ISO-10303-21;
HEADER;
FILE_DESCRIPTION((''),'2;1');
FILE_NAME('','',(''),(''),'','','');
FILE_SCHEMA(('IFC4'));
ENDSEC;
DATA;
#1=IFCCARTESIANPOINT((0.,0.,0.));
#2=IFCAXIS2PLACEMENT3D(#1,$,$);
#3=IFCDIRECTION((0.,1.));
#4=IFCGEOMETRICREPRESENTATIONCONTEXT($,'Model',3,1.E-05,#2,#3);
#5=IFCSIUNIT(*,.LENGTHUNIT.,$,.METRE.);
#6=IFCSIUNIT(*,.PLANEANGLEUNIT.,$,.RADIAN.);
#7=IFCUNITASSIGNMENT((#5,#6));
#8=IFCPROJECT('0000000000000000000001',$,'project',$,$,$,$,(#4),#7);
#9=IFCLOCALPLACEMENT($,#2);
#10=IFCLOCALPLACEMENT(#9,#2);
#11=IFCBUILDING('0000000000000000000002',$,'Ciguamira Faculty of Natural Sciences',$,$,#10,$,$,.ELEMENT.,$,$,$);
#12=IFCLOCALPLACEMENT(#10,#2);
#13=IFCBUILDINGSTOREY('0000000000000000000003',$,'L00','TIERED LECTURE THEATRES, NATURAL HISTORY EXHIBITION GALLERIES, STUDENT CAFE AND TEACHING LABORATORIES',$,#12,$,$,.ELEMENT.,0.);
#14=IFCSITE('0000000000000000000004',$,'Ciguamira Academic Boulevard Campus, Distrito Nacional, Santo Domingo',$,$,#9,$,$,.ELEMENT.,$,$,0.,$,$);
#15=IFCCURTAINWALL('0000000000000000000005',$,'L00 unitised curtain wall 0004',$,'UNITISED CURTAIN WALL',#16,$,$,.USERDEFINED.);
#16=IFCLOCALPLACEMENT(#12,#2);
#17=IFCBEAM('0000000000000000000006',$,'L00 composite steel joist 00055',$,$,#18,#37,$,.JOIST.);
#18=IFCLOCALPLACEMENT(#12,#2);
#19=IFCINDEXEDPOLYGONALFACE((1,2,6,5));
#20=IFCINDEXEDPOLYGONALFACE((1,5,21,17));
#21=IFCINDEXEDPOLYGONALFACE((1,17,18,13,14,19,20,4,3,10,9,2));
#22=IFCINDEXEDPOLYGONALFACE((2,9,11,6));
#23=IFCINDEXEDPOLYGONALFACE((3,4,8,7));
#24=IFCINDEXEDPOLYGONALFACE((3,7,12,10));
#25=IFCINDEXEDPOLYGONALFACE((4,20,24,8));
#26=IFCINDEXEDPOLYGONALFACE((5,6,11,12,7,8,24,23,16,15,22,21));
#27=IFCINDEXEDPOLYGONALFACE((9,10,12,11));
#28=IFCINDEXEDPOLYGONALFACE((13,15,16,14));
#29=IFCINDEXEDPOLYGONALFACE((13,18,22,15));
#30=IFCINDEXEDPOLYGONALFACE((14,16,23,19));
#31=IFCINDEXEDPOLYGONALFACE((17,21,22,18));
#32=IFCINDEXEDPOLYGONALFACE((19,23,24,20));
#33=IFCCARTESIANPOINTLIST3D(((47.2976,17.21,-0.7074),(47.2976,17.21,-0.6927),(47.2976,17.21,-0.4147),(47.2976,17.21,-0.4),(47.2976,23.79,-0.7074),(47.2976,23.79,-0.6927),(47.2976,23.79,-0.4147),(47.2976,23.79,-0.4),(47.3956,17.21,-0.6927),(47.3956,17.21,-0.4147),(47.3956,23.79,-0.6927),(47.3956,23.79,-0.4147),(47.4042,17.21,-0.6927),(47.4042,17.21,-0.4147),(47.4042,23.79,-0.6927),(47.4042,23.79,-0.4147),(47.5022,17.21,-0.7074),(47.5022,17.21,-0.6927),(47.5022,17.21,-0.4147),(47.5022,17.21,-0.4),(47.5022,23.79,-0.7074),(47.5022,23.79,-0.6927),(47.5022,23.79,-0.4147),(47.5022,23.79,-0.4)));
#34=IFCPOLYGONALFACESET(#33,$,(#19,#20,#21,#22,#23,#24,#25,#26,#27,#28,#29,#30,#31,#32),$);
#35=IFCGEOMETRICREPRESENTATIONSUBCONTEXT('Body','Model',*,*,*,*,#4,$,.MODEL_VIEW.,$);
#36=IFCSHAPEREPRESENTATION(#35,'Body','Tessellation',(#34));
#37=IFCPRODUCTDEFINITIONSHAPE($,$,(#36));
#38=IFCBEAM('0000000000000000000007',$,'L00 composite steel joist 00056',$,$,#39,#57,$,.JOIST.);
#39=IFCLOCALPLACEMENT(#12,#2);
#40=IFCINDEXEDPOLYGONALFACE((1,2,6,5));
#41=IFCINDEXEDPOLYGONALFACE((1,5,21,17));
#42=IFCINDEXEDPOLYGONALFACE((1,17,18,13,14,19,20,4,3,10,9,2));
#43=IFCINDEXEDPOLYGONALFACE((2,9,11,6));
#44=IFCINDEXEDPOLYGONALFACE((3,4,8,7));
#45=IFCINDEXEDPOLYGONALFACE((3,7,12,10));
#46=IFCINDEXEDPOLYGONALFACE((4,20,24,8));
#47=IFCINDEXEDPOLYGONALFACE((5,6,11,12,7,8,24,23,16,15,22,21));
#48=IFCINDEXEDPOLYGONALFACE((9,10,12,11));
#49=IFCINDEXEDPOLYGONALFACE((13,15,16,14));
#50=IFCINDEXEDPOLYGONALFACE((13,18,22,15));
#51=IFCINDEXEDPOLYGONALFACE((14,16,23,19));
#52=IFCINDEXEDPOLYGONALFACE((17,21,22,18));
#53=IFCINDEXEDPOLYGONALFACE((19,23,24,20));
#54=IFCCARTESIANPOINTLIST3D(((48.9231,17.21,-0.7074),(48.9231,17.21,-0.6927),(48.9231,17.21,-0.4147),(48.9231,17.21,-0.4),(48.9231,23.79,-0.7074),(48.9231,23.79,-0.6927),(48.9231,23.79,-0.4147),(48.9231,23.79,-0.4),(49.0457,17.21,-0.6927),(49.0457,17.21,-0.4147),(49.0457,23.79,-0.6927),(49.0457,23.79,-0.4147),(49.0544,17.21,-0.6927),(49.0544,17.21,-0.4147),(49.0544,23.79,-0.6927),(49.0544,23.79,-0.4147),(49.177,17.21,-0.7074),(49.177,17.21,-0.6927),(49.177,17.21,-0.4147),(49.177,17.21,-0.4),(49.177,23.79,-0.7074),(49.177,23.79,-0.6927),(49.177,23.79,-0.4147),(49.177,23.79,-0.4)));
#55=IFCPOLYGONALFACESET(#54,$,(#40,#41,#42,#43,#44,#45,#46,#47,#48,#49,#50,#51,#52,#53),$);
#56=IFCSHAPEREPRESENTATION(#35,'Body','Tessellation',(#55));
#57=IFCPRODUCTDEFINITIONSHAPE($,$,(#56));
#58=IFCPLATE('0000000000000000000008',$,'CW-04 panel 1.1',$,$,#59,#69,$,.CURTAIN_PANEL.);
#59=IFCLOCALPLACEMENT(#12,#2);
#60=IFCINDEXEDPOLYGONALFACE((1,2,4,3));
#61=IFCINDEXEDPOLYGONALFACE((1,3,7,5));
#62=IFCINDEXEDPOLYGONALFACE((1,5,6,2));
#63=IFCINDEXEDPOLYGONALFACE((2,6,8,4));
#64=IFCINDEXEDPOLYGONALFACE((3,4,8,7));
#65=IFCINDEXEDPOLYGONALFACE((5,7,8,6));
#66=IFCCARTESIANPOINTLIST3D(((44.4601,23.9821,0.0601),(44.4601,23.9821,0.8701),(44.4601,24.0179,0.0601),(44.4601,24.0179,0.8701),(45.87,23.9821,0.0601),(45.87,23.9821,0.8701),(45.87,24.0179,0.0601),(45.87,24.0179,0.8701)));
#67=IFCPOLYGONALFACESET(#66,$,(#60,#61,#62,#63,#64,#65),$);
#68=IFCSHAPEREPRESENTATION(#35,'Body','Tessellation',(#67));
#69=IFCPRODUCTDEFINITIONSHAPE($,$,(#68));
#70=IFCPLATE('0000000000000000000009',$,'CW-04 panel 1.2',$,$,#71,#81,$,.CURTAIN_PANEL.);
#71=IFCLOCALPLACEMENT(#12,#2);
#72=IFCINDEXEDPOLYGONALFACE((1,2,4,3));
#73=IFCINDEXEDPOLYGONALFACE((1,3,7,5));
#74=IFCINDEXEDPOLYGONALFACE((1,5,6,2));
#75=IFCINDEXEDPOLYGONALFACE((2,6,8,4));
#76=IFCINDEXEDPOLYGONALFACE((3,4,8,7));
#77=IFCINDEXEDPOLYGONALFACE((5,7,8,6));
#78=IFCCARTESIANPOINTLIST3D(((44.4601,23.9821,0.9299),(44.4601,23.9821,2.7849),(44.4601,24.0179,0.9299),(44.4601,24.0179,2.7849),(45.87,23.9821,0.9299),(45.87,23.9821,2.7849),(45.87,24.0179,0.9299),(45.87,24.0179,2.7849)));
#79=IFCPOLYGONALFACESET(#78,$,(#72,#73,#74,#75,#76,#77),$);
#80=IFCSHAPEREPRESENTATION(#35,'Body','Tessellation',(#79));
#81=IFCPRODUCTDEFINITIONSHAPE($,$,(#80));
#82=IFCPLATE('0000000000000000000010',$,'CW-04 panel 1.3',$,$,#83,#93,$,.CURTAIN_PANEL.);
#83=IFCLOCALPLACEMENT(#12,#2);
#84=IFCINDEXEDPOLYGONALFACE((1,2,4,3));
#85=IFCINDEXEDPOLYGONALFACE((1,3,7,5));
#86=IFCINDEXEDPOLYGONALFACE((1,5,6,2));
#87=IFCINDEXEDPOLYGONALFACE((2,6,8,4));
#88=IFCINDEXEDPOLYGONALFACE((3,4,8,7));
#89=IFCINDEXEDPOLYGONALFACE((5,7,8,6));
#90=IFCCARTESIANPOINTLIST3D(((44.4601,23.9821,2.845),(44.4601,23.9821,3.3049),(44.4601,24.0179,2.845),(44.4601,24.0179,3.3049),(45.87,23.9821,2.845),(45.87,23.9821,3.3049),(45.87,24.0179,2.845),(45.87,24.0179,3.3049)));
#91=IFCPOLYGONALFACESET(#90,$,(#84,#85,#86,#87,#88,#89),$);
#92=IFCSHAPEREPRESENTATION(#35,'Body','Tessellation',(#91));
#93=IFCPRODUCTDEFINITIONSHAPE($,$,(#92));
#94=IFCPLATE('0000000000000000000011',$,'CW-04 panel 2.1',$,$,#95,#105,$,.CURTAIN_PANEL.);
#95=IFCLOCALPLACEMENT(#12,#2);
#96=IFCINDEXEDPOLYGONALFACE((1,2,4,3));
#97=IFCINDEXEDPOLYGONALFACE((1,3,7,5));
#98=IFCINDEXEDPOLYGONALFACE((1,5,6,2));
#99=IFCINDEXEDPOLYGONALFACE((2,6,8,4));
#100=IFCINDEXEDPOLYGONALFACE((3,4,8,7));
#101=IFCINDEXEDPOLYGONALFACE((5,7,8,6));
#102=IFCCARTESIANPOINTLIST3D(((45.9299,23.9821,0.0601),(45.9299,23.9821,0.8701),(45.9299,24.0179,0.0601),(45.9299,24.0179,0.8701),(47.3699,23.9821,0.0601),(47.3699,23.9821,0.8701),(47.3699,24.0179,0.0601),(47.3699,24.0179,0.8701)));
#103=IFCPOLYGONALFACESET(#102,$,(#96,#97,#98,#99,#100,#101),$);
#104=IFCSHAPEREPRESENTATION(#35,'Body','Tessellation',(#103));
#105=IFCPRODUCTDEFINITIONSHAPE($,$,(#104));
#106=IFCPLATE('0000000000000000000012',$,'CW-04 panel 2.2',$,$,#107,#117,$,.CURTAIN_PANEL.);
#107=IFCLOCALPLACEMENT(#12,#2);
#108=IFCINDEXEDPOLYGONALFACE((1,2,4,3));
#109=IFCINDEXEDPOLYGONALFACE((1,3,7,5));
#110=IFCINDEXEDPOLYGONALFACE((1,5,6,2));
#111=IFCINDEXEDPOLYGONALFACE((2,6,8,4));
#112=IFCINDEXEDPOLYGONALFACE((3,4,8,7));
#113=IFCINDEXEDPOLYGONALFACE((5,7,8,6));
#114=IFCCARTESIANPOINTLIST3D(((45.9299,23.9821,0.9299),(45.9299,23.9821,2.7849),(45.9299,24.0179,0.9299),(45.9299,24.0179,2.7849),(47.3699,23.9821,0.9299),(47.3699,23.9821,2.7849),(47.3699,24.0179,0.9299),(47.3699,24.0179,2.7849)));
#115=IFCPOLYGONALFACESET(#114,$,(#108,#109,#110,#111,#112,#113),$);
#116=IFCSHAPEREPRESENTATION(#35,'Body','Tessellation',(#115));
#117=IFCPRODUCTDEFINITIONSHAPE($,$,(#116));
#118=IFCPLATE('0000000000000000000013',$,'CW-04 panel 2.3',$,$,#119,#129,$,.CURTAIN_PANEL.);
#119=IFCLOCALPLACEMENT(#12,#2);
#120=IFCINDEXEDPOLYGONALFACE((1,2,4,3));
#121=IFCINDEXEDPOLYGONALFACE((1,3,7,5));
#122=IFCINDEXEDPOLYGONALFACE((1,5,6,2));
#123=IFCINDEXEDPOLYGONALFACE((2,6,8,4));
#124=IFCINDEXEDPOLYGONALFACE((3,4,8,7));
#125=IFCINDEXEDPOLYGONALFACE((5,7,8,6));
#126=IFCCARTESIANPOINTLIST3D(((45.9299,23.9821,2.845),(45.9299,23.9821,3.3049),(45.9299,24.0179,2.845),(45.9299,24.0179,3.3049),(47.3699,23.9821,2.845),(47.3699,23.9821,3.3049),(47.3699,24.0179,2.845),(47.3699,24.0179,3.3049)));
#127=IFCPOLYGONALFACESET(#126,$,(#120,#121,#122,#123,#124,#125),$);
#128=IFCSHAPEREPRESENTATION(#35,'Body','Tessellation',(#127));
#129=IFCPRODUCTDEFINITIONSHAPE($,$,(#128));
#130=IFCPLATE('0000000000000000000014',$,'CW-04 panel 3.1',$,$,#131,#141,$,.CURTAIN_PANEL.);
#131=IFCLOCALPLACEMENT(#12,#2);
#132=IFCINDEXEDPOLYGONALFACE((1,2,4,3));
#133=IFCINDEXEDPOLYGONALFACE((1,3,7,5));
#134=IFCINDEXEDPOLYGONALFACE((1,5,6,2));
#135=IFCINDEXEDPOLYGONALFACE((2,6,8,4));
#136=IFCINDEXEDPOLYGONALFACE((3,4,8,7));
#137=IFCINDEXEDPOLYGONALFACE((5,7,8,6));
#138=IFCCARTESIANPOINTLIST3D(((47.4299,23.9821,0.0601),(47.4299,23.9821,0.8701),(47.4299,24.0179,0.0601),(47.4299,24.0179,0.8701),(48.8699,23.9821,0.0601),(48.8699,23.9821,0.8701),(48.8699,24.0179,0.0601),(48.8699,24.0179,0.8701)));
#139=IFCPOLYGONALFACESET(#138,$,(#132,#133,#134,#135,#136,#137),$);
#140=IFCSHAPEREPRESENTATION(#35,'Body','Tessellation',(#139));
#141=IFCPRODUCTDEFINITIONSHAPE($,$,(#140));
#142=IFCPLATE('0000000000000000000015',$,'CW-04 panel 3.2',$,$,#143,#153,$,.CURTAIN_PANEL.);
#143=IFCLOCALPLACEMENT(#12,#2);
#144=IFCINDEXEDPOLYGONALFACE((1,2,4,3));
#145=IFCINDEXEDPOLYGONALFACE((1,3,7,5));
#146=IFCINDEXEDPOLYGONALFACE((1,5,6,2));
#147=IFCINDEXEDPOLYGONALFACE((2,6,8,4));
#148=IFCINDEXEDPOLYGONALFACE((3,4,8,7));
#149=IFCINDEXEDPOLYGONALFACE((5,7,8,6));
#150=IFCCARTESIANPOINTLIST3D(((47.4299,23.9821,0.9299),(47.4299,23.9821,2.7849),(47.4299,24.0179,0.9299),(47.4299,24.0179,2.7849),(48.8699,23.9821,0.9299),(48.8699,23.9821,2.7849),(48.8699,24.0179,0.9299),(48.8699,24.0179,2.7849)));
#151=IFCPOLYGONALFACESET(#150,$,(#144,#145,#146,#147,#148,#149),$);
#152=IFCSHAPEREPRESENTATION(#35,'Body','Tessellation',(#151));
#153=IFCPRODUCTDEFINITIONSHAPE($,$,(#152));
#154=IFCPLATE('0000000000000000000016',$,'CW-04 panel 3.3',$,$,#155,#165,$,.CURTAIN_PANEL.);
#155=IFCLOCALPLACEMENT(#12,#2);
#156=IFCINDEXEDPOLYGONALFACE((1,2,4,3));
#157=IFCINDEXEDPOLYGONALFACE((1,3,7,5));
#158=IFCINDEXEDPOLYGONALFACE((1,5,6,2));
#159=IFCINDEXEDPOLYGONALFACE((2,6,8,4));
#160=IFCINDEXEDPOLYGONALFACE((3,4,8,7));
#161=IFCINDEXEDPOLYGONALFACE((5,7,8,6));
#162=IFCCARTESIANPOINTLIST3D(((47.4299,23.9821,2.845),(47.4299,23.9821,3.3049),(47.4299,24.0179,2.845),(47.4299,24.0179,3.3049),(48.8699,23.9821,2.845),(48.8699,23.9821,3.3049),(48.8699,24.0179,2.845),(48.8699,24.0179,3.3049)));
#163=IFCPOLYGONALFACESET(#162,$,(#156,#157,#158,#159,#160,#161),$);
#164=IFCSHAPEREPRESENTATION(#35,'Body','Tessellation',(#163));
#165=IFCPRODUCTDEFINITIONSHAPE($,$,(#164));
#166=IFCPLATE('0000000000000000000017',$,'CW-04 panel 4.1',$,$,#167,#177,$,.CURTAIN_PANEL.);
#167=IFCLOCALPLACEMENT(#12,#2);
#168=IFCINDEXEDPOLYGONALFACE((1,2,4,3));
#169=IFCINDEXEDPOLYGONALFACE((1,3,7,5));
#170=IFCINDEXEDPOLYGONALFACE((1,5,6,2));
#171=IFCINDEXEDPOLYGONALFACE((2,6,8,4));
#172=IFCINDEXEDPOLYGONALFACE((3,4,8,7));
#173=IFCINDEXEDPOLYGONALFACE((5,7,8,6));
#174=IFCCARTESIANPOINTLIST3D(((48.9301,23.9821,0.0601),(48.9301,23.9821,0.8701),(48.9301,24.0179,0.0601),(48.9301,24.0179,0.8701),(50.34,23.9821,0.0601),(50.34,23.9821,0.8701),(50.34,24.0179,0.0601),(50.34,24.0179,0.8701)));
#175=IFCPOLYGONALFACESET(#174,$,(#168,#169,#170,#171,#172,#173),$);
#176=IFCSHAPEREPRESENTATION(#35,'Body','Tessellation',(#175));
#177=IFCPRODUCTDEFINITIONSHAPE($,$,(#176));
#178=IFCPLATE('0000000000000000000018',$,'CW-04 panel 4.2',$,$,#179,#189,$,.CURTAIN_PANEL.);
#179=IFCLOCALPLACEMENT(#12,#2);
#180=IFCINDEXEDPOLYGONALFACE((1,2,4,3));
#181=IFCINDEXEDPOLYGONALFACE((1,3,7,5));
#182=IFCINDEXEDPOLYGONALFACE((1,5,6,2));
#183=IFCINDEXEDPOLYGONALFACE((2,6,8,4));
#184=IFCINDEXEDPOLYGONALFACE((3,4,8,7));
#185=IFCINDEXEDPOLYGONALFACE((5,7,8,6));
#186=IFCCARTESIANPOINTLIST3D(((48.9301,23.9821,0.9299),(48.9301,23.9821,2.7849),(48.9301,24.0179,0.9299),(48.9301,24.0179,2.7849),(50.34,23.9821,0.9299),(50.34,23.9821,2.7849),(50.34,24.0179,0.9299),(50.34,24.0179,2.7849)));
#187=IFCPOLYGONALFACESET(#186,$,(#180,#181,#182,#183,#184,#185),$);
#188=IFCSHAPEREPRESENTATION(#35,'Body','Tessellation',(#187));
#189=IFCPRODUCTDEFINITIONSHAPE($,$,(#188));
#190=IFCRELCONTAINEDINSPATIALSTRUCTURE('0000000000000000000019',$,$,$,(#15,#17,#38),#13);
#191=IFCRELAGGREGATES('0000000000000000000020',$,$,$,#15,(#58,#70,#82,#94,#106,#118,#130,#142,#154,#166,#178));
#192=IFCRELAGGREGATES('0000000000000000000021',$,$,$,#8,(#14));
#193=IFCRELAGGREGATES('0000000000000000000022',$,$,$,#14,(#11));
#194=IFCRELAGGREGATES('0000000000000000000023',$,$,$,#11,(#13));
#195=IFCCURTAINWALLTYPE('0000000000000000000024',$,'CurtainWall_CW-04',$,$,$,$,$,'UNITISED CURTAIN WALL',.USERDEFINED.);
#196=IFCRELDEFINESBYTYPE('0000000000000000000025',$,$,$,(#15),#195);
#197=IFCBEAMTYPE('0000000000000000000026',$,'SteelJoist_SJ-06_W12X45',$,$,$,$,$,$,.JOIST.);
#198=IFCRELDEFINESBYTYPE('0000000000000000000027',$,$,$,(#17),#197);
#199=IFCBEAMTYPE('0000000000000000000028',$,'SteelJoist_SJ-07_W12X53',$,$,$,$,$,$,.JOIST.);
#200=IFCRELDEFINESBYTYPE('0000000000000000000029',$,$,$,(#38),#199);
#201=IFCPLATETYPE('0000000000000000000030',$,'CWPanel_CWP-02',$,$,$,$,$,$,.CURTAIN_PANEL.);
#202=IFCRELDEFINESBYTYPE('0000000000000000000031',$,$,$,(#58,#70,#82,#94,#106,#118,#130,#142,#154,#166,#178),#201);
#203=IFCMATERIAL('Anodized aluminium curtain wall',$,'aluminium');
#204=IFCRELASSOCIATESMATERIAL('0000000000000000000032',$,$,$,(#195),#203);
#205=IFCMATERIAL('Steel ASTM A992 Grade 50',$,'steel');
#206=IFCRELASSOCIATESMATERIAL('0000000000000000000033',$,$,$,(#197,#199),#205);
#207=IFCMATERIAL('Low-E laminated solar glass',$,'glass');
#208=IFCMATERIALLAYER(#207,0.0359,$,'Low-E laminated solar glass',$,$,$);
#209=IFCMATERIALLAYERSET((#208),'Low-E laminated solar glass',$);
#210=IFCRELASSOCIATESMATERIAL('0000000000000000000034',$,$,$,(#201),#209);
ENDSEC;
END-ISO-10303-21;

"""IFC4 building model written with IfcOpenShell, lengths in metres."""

from ifc_helpers import new_model, si_unit, direction, frame, origin, origin_2d, place, context, subcontext, project, spatial, rectangle, i_section, extrude, material, layer, layer_set, material_profile, profile_set, type_object, element, aggregate, save


model = new_model("IFC4")

# Units and contexts
model_context = context("Model", 3, precision=1e-05, world=origin(), true_north=direction((0.0, 1.0)))
body_context = subcontext(model_context, "Body", "Model", "MODEL_VIEW")
ifc_project = project(units=[si_unit("LENGTHUNIT", "METRE"), si_unit("PLANEANGLEUNIT", "RADIAN")], contexts=[model_context])

# Site, building, storey
site_placement = place(None, origin())
site = spatial("IfcSite", under=ifc_project, at=site_placement, Name="Ciguamira Academic Boulevard Campus, Distrito Nacional, Santo Domingo", CompositionType="ELEMENT", RefElevation=0.0)
building_placement = place(site_placement, origin())
building = spatial("IfcBuilding", under=site, at=building_placement, Name="Ciguamira Faculty of Natural Sciences", CompositionType="ELEMENT")
storey_placement = place(building_placement, origin())
storey = spatial("IfcBuildingStorey", under=building, at=storey_placement, Name="L00", Description="TIERED LECTURE THEATRES, NATURAL HISTORY EXHIBITION GALLERIES, STUDENT CAFE AND TEACHING LABORATORIES", CompositionType="ELEMENT", Elevation=0.0)

# Curtain wall
ifc_material_1 = material(Name="Anodized aluminium curtain wall", Category="aluminium")
curtain_wall_type = type_object("IfcCurtainWallType", Name="CurtainWall_CW-04", ElementType="UNITISED CURTAIN WALL", PredefinedType="USERDEFINED", material=ifc_material_1)
curtain_wall_placement = place(storey_placement, origin())
curtain_wall = element("IfcCurtainWall", 1, at=curtain_wall_placement, inside=storey, type_object=curtain_wall_type, Name="L00 unitised curtain wall 0004", ObjectType="UNITISED CURTAIN WALL", PredefinedType="USERDEFINED")

# Beams
ifc_material_2 = material(Name="Steel ASTM A992 Grade 50", Category="steel")
ifc_material_profile_1 = material_profile(ifc_material_2, i_section(OverallWidth=0.2046, OverallDepth=0.3074, WebThickness=0.0085, FlangeThickness=0.0146, at=origin_2d()), Name="W12X45")
ifc_profile_set_1 = profile_set([ifc_material_profile_1], Name="Steel ASTM A992 Grade 50")
beam_type_1 = type_object("IfcBeamType", Name="SteelJoist_SJ-06_W12X45", PredefinedType="JOIST", material=ifc_profile_set_1)
beam_1_placement = place(storey_placement, frame((47.3999, 17.21, -0.5537), z_axis=(0.0, 1.0, 0.0), x_axis=(-1.0, 0.0, 0.0)))
element("IfcBeam", 2, at=beam_1_placement, inside=storey, type_object=beam_type_1, Name="L00 composite steel joist 00055", PredefinedType="JOIST", context=body_context, shape_type="SweptSolid", body=[
    extrude(i_section(OverallWidth=0.2046, OverallDepth=0.3074, WebThickness=0.0085, FlangeThickness=0.0146, at=origin_2d()), origin(), (0.0, 0.0, 1.0), 6.5801),
])
ifc_material_profile_2 = material_profile(ifc_material_2, i_section(OverallWidth=0.2539, OverallDepth=0.3074, WebThickness=0.0088, FlangeThickness=0.0146, at=origin_2d()), Name="W12X53")
ifc_profile_set_2 = profile_set([ifc_material_profile_2], Name="Steel ASTM A992 Grade 50")
beam_type_2 = type_object("IfcBeamType", Name="SteelJoist_SJ-07_W12X53", PredefinedType="JOIST", material=ifc_profile_set_2)
beam_2_placement = place(storey_placement, frame((49.05, 17.21, -0.5537), z_axis=(0.0, 1.0, 0.0), x_axis=(-1.0, 0.0, 0.0)))
element("IfcBeam", 3, at=beam_2_placement, inside=storey, type_object=beam_type_2, Name="L00 composite steel joist 00056", PredefinedType="JOIST", context=body_context, shape_type="SweptSolid", body=[
    extrude(i_section(OverallWidth=0.2539, OverallDepth=0.3074, WebThickness=0.0088, FlangeThickness=0.0146, at=origin_2d()), origin(), (0.0, 0.0, 1.0), 6.5801),
])

# Plates
ifc_material_3 = material(Name="Low-E laminated solar glass", Category="glass")
ifc_layer = layer(ifc_material_3, 0.0359, Name="Low-E laminated solar glass")
ifc_layer_set = layer_set([ifc_layer], Name="Low-E laminated solar glass")
plate_type = type_object("IfcPlateType", Name="CWPanel_CWP-02", PredefinedType="CURTAIN_PANEL", material=ifc_layer_set)
plate_1_placement = place(storey_placement, frame((45.165, 24.0, 0.0601), z_axis=(0.0, 0.0, 1.0), x_axis=(1.0, 0.0, 0.0)))
plate_1 = element("IfcPlate", 4, at=plate_1_placement, type_object=plate_type, Name="CW-04 panel 1.1", PredefinedType="CURTAIN_PANEL", context=body_context, shape_type="SweptSolid", body=[
    extrude(rectangle(XDim=1.4099, YDim=0.0359, at=origin_2d()), origin(), (0.0, 0.0, 1.0), 0.8101),
])
plate_2_placement = place(storey_placement, frame((45.165, 24.0, 0.9299), z_axis=(0.0, 0.0, 1.0), x_axis=(1.0, 0.0, 0.0)))
plate_2 = element("IfcPlate", 5, at=plate_2_placement, type_object=plate_type, Name="CW-04 panel 1.2", PredefinedType="CURTAIN_PANEL", context=body_context, shape_type="SweptSolid", body=[
    extrude(rectangle(XDim=1.4099, YDim=0.0359, at=origin_2d()), origin(), (0.0, 0.0, 1.0), 1.855),
])
plate_3_placement = place(storey_placement, frame((45.165, 24.0, 2.845), z_axis=(0.0, 0.0, 1.0), x_axis=(1.0, 0.0, 0.0)))
plate_3 = element("IfcPlate", 6, at=plate_3_placement, type_object=plate_type, Name="CW-04 panel 1.3", PredefinedType="CURTAIN_PANEL", context=body_context, shape_type="SweptSolid", body=[
    extrude(rectangle(XDim=1.4099, YDim=0.0359, at=origin_2d()), origin(), (0.0, 0.0, 1.0), 0.46),
])
plate_4_placement = place(storey_placement, frame((46.6499, 24.0, 0.0601), z_axis=(0.0, 0.0, 1.0), x_axis=(1.0, 0.0, 0.0)))
plate_4 = element("IfcPlate", 7, at=plate_4_placement, type_object=plate_type, Name="CW-04 panel 2.1", PredefinedType="CURTAIN_PANEL", context=body_context, shape_type="SweptSolid", body=[
    extrude(rectangle(XDim=1.4399, YDim=0.0359, at=origin_2d()), origin(), (0.0, 0.0, 1.0), 0.8101),
])
plate_5_placement = place(storey_placement, frame((46.6499, 24.0, 0.9299), z_axis=(0.0, 0.0, 1.0), x_axis=(1.0, 0.0, 0.0)))
plate_5 = element("IfcPlate", 8, at=plate_5_placement, type_object=plate_type, Name="CW-04 panel 2.2", PredefinedType="CURTAIN_PANEL", context=body_context, shape_type="SweptSolid", body=[
    extrude(rectangle(XDim=1.4399, YDim=0.0359, at=origin_2d()), origin(), (0.0, 0.0, 1.0), 1.855),
])
plate_6_placement = place(storey_placement, frame((46.6499, 24.0, 2.845), z_axis=(0.0, 0.0, 1.0), x_axis=(1.0, 0.0, 0.0)))
plate_6 = element("IfcPlate", 9, at=plate_6_placement, type_object=plate_type, Name="CW-04 panel 2.3", PredefinedType="CURTAIN_PANEL", context=body_context, shape_type="SweptSolid", body=[
    extrude(rectangle(XDim=1.4399, YDim=0.0359, at=origin_2d()), origin(), (0.0, 0.0, 1.0), 0.46),
])
plate_7_placement = place(storey_placement, frame((48.1499, 24.0, 0.0601), z_axis=(0.0, 0.0, 1.0), x_axis=(1.0, 0.0, 0.0)))
plate_7 = element("IfcPlate", 10, at=plate_7_placement, type_object=plate_type, Name="CW-04 panel 3.1", PredefinedType="CURTAIN_PANEL", context=body_context, shape_type="SweptSolid", body=[
    extrude(rectangle(XDim=1.4399, YDim=0.0359, at=origin_2d()), origin(), (0.0, 0.0, 1.0), 0.8101),
])
plate_8_placement = place(storey_placement, frame((48.1499, 24.0, 0.9299), z_axis=(0.0, 0.0, 1.0), x_axis=(1.0, 0.0, 0.0)))
plate_8 = element("IfcPlate", 11, at=plate_8_placement, type_object=plate_type, Name="CW-04 panel 3.2", PredefinedType="CURTAIN_PANEL", context=body_context, shape_type="SweptSolid", body=[
    extrude(rectangle(XDim=1.4399, YDim=0.0359, at=origin_2d()), origin(), (0.0, 0.0, 1.0), 1.855),
])
plate_9_placement = place(storey_placement, frame((48.1499, 24.0, 2.845), z_axis=(0.0, 0.0, 1.0), x_axis=(1.0, 0.0, 0.0)))
plate_9 = element("IfcPlate", 12, at=plate_9_placement, type_object=plate_type, Name="CW-04 panel 3.3", PredefinedType="CURTAIN_PANEL", context=body_context, shape_type="SweptSolid", body=[
    extrude(rectangle(XDim=1.4399, YDim=0.0359, at=origin_2d()), origin(), (0.0, 0.0, 1.0), 0.46),
])
plate_10_placement = place(storey_placement, frame((49.635, 24.0, 0.0601), z_axis=(0.0, 0.0, 1.0), x_axis=(1.0, 0.0, 0.0)))
plate_10 = element("IfcPlate", 13, at=plate_10_placement, type_object=plate_type, Name="CW-04 panel 4.1", PredefinedType="CURTAIN_PANEL", context=body_context, shape_type="SweptSolid", body=[
    extrude(rectangle(XDim=1.4099, YDim=0.0359, at=origin_2d()), origin(), (0.0, 0.0, 1.0), 0.8101),
])
plate_11_placement = place(storey_placement, frame((49.635, 24.0, 0.9299), z_axis=(0.0, 0.0, 1.0), x_axis=(1.0, 0.0, 0.0)))
plate_11 = element("IfcPlate", 14, at=plate_11_placement, type_object=plate_type, Name="CW-04 panel 4.2", PredefinedType="CURTAIN_PANEL", context=body_context, shape_type="SweptSolid", body=[
    extrude(rectangle(XDim=1.4099, YDim=0.0359, at=origin_2d()), origin(), (0.0, 0.0, 1.0), 1.855),
])
aggregate(curtain_wall, [plate_1, plate_2, plate_3, plate_4, plate_5, plate_6, plate_7, plate_8, plate_9, plate_10, plate_11])

save(model, "model.ifc")
